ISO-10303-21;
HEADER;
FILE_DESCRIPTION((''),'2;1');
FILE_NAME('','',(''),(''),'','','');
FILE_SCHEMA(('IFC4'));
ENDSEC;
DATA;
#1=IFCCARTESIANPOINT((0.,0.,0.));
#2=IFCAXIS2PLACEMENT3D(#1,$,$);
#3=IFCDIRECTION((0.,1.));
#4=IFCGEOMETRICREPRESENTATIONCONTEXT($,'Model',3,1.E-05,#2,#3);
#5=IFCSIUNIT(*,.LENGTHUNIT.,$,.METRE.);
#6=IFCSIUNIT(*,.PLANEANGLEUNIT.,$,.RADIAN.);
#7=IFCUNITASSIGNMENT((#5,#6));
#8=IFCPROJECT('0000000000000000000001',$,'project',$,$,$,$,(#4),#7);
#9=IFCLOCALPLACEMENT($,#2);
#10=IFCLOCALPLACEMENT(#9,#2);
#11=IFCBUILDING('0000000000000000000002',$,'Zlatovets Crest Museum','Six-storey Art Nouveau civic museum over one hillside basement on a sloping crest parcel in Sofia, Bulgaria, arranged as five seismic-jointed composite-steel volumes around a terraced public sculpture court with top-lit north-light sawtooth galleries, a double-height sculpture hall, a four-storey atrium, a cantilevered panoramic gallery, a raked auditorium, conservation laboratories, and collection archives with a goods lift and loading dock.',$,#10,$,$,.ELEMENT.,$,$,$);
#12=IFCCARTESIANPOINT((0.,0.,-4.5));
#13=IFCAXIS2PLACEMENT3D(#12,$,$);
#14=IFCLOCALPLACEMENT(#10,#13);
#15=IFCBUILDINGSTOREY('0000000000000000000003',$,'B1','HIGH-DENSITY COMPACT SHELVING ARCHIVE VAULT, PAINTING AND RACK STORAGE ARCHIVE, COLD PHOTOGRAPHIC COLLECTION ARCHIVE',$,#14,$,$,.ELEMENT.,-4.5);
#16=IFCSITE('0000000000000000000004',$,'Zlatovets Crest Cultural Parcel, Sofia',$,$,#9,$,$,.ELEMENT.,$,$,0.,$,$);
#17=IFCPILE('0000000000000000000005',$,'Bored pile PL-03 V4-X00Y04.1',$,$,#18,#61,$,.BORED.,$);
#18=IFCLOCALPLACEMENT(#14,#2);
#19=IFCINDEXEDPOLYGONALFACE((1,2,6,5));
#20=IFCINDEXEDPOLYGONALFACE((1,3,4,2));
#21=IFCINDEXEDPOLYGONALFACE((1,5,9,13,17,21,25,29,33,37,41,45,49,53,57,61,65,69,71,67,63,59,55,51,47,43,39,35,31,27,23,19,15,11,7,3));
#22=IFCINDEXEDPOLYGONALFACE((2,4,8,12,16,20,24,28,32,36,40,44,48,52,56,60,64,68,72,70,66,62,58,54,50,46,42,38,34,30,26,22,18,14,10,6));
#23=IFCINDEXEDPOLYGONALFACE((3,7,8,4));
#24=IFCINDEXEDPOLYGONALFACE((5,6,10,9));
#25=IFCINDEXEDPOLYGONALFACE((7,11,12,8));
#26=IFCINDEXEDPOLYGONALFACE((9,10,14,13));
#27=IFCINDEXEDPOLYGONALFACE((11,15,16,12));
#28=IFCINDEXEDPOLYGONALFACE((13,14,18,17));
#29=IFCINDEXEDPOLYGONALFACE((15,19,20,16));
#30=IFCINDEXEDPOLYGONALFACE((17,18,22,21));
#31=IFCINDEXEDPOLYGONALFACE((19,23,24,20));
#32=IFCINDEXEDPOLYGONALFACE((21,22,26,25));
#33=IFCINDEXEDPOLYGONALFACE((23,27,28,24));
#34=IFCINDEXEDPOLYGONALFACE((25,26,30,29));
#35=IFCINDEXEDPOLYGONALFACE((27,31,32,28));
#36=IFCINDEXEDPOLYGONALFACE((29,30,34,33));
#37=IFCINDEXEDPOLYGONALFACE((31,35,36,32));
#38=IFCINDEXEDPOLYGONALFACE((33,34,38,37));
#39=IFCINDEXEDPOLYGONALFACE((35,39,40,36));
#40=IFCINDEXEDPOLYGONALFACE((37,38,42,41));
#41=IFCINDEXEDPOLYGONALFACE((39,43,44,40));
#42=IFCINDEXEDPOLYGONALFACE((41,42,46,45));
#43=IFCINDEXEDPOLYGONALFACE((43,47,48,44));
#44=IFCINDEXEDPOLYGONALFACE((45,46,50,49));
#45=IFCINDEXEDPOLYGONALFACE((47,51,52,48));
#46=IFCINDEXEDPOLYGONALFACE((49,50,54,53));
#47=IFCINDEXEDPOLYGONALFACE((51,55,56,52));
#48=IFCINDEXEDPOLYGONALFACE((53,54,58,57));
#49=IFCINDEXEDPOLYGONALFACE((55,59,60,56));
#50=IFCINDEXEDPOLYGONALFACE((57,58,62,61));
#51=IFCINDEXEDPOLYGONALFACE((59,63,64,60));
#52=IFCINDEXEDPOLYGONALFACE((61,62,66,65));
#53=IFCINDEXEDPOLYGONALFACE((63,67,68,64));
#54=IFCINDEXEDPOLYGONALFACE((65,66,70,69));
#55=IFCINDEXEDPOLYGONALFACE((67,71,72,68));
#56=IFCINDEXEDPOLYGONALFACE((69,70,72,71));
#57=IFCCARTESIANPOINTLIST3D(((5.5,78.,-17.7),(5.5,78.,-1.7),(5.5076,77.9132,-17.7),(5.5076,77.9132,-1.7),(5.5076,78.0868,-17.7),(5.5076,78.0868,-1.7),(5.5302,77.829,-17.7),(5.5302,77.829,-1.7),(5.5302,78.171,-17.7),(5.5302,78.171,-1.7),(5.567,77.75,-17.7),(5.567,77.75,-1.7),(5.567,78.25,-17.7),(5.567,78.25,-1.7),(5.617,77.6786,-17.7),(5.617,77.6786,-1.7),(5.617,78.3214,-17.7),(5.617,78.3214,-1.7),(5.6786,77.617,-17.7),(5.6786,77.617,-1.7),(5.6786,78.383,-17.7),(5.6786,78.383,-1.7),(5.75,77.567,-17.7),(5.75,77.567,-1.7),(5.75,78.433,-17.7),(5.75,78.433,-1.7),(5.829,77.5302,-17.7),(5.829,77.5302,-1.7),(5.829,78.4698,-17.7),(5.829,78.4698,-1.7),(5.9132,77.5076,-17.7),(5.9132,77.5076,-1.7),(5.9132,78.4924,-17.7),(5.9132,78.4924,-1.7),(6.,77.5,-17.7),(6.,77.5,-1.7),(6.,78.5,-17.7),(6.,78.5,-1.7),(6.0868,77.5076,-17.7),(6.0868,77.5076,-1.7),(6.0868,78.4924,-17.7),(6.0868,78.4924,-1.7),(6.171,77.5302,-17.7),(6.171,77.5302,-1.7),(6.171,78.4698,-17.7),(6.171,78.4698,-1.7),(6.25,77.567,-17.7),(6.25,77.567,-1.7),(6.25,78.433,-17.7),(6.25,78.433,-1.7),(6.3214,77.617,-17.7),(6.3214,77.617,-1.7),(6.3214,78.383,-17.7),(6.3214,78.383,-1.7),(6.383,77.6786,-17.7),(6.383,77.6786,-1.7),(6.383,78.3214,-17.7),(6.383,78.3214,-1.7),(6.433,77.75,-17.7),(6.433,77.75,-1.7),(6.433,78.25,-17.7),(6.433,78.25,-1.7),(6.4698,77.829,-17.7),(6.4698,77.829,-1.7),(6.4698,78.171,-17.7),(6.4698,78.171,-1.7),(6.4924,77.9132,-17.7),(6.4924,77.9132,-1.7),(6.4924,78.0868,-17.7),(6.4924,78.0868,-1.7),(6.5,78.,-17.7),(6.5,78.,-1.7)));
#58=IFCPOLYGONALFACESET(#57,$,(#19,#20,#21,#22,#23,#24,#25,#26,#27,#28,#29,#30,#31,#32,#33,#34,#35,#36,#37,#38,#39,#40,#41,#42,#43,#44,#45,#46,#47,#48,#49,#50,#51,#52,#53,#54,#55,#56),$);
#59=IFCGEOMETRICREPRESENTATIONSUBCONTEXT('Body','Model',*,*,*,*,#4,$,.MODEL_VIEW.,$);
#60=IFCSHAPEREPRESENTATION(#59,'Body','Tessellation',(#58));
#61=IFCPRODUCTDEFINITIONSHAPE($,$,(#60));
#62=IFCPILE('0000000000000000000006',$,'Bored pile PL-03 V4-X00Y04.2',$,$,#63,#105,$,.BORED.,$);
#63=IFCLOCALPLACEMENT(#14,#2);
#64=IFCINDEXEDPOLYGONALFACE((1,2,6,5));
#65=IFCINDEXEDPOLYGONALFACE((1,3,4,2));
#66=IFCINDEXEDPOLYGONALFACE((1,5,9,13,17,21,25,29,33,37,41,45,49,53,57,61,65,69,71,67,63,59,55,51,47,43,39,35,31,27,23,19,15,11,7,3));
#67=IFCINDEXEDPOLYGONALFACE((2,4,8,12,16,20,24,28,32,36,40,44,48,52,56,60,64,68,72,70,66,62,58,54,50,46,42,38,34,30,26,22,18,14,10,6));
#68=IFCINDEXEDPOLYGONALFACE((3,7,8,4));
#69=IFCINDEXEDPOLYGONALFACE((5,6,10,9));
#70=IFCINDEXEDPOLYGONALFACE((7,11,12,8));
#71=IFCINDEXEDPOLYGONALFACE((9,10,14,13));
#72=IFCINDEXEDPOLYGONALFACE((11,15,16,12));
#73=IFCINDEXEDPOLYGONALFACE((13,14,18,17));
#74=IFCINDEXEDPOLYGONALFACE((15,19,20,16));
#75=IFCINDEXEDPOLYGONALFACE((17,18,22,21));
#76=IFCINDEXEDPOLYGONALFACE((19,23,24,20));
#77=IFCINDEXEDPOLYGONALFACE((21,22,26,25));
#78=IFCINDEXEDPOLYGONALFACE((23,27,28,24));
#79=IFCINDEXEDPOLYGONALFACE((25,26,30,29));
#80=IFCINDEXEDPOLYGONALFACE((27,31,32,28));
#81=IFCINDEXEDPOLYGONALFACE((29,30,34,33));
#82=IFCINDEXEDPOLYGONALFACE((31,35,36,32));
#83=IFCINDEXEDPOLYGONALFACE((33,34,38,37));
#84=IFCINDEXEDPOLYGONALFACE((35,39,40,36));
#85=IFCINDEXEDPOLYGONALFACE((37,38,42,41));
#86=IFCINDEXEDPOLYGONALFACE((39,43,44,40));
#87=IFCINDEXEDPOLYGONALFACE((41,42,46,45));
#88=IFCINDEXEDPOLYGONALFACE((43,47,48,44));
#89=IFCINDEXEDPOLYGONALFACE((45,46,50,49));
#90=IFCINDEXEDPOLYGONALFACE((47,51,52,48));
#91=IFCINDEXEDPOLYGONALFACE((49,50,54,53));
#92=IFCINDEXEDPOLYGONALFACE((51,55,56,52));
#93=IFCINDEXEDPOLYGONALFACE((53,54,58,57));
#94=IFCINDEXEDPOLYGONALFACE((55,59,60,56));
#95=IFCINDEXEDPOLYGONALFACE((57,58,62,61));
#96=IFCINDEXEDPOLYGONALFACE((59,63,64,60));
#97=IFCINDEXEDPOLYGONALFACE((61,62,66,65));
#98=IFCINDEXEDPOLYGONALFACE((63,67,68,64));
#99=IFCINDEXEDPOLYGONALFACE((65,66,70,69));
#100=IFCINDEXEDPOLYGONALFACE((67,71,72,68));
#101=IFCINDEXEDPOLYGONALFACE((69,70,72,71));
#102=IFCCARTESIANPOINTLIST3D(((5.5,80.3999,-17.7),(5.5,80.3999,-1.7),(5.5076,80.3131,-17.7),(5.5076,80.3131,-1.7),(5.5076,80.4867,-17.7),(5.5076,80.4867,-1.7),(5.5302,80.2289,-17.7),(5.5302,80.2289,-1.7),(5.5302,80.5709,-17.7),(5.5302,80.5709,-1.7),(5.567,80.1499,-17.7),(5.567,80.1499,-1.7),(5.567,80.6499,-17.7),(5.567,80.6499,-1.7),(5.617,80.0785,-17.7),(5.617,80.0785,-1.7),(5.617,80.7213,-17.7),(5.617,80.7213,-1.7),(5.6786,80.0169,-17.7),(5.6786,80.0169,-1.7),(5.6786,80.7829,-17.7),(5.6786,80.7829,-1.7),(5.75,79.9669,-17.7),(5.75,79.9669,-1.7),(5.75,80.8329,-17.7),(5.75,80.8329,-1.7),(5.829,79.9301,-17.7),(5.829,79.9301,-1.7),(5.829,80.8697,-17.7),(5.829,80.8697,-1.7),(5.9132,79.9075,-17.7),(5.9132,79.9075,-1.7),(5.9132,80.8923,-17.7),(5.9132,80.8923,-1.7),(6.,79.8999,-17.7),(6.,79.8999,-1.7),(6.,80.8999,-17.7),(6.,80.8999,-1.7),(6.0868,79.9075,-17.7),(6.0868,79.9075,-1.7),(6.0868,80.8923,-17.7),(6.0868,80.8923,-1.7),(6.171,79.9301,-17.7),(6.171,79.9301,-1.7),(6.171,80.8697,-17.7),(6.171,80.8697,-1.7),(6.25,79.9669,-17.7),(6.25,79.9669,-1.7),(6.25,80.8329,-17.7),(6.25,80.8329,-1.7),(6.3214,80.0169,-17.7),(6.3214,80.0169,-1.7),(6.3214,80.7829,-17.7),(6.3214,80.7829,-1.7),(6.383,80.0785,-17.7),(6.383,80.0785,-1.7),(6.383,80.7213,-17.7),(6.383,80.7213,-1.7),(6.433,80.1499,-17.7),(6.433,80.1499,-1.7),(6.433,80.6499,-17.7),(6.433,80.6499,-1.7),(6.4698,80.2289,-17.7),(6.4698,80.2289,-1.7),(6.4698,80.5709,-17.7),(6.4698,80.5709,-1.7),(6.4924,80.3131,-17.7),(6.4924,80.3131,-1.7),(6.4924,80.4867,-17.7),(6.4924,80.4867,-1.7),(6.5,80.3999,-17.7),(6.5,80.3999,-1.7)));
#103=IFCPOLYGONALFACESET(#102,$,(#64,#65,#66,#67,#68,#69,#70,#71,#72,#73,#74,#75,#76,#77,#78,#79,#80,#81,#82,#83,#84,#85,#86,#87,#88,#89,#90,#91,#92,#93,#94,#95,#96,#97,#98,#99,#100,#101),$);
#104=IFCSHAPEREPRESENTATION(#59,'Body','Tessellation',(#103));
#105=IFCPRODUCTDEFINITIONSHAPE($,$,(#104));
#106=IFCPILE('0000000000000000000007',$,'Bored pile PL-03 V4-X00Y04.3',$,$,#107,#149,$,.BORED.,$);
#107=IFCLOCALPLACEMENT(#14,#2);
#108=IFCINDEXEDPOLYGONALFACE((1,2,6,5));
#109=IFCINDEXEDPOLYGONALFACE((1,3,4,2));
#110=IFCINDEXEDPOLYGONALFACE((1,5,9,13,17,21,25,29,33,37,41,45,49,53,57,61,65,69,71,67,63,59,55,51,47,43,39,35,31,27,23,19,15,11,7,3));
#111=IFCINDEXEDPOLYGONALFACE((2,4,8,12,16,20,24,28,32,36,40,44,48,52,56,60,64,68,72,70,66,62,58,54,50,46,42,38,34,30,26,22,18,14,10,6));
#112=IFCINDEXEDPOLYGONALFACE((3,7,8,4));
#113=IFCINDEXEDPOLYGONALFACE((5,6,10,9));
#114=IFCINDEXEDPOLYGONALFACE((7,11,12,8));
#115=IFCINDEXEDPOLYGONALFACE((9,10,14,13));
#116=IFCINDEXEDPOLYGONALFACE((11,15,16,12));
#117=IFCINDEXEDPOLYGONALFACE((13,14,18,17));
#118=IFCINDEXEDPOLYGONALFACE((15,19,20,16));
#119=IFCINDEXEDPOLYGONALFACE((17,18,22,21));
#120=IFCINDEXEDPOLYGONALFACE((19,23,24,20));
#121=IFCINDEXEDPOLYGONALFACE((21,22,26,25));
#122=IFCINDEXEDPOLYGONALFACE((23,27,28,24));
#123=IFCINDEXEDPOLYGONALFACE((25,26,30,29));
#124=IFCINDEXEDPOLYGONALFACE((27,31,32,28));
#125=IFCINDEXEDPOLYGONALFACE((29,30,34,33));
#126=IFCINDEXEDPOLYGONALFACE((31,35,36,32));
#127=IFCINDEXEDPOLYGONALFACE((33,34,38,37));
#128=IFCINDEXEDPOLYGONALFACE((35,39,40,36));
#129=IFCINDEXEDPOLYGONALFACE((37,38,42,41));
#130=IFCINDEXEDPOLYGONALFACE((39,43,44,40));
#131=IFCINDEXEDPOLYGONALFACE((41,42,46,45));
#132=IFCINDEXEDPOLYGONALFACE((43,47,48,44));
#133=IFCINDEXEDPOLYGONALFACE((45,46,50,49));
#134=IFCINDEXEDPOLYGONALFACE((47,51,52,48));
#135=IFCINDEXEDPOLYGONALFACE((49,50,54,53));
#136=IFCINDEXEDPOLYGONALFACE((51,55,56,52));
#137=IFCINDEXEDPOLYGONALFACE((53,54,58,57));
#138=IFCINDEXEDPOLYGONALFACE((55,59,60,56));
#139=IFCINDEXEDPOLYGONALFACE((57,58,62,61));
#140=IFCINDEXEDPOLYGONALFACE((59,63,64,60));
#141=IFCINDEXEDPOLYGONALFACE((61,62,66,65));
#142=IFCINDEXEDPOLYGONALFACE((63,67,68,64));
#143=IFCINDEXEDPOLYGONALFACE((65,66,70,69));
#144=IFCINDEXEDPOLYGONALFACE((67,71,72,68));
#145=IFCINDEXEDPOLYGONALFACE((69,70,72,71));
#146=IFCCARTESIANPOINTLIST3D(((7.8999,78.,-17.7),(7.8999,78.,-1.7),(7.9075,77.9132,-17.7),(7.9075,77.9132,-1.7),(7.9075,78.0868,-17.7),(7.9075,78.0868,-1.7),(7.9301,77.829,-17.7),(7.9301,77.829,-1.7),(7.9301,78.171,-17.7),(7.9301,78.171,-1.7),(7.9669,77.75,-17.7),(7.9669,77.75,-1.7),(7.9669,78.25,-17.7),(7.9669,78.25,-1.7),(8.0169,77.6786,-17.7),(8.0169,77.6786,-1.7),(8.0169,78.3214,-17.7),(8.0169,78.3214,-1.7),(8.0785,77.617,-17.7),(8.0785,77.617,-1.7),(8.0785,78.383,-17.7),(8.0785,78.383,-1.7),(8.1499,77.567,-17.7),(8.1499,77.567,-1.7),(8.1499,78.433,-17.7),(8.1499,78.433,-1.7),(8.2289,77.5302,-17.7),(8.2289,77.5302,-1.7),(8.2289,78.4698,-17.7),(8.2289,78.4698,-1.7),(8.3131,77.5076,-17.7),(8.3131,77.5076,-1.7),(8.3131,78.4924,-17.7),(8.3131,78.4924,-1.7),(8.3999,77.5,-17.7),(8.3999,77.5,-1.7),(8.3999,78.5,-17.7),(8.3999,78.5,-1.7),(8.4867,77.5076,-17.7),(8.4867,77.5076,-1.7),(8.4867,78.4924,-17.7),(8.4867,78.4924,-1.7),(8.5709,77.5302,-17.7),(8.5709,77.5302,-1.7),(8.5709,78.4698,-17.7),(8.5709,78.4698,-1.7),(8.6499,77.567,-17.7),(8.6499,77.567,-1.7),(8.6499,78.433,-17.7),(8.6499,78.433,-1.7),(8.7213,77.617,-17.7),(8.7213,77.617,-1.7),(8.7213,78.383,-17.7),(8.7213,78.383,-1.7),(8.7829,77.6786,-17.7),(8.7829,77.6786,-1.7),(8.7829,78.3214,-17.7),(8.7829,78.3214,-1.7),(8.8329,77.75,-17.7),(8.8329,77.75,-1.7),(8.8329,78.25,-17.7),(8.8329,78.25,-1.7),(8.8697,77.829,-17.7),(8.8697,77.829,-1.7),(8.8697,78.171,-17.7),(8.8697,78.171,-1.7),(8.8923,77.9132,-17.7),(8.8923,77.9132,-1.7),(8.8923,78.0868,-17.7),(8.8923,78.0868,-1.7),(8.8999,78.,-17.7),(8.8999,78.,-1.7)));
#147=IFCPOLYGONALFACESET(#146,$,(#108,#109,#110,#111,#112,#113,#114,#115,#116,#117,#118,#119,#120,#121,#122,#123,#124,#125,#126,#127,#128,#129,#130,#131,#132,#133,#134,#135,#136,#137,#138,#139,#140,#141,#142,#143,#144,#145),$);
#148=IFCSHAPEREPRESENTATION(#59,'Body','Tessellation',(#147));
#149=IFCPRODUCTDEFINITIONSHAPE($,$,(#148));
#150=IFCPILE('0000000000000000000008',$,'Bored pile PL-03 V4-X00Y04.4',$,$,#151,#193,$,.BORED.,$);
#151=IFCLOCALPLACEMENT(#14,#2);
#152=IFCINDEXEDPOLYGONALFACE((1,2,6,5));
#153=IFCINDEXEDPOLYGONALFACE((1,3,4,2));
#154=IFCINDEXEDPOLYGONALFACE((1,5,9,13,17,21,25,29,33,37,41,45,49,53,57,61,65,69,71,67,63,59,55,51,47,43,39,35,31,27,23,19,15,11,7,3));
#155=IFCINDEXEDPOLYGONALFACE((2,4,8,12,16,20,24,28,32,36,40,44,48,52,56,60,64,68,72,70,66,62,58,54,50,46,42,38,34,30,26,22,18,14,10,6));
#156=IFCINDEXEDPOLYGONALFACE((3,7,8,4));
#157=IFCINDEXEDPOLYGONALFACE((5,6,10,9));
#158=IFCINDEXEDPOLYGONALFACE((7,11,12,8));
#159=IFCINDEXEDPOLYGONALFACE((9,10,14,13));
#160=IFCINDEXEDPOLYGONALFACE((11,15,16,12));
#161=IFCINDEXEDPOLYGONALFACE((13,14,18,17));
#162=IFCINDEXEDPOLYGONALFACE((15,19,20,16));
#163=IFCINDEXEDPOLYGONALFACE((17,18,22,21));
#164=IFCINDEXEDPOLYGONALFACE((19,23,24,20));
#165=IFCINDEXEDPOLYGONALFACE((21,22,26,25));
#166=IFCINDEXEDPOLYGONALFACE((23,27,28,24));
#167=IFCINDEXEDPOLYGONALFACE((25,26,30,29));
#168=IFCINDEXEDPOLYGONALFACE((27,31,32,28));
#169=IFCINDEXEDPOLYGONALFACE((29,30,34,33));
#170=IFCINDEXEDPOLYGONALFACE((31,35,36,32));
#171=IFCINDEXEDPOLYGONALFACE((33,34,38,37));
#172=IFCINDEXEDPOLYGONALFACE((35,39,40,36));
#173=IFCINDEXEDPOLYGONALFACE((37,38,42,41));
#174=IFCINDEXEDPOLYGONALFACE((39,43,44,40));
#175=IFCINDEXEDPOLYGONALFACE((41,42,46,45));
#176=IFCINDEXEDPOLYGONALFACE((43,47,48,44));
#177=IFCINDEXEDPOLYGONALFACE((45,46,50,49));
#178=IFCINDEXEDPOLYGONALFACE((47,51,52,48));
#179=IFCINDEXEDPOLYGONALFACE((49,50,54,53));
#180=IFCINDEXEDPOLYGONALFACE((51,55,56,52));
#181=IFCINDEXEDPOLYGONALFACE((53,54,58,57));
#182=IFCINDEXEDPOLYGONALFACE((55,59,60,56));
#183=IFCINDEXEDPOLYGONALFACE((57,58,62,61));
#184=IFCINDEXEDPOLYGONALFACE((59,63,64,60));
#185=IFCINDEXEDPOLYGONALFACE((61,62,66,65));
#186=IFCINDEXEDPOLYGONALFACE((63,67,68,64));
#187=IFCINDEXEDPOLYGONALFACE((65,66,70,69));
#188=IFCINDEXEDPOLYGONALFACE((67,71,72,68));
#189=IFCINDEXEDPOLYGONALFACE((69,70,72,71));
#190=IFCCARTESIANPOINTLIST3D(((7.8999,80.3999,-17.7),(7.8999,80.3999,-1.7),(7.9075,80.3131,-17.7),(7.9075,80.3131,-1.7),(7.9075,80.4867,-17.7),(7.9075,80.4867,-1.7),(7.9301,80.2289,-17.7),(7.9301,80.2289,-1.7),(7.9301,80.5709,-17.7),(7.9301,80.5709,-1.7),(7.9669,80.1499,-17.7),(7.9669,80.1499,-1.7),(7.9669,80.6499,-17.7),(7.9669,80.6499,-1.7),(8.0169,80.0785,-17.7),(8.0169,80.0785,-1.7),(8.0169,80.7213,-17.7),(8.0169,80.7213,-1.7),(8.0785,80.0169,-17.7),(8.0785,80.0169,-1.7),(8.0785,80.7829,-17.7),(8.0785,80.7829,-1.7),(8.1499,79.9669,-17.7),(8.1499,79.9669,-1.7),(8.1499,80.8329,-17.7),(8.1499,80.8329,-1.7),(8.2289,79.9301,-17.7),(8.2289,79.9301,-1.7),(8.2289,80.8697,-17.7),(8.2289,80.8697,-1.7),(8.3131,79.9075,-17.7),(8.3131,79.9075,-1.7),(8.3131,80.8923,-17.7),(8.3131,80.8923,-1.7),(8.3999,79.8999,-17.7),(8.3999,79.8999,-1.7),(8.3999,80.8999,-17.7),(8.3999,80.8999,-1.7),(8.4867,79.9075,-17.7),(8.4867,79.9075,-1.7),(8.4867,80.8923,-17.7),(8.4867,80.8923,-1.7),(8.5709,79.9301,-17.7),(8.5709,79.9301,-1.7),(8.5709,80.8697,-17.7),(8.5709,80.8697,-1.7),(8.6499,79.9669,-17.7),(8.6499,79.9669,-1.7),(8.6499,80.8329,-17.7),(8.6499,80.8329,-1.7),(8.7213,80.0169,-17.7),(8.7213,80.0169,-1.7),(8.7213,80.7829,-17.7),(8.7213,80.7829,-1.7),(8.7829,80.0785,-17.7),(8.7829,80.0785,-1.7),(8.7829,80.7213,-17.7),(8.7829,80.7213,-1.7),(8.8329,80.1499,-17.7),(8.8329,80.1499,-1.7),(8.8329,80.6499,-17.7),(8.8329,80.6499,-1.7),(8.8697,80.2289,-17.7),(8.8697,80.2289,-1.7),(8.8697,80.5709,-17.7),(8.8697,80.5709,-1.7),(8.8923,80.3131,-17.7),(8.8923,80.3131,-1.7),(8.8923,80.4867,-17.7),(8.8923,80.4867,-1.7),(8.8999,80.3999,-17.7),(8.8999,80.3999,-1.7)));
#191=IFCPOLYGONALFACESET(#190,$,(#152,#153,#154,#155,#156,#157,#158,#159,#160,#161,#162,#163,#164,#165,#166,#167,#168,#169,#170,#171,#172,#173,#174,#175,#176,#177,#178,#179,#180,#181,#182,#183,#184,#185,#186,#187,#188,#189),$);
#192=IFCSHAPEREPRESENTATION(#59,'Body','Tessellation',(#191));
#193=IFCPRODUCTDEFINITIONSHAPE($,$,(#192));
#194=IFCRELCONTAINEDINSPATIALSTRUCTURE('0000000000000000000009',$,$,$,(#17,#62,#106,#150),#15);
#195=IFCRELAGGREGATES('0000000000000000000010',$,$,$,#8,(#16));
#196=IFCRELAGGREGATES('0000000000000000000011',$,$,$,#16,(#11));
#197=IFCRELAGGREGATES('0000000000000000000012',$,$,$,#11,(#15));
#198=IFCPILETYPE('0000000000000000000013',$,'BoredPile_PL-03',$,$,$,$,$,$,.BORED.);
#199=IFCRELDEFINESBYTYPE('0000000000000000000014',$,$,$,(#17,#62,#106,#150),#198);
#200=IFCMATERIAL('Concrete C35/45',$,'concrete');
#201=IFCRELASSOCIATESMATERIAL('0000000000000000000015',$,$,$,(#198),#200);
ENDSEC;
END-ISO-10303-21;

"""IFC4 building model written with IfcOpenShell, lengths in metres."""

from ifc_helpers import new_model, si_unit, direction, frame, origin, origin_2d, place, context, subcontext, project, spatial, circle, extrude, material, material_profile, profile_set, type_object, element, save


model = new_model("IFC4")

# Units and contexts
model_context = context("Model", 3, precision=1e-05, world=origin(), true_north=direction((0.0, 1.0)))
body_context = subcontext(model_context, "Body", "Model", "MODEL_VIEW")
ifc_project = project(units=[si_unit("LENGTHUNIT", "METRE"), si_unit("PLANEANGLEUNIT", "RADIAN")], contexts=[model_context])

# Site, building, storey
site_placement = place(None, origin())
site = spatial("IfcSite", under=ifc_project, at=site_placement, Name="Zlatovets Crest Cultural Parcel, Sofia", CompositionType="ELEMENT", RefElevation=0.0)
building_placement = place(site_placement, origin())
building = spatial("IfcBuilding", under=site, at=building_placement, Name="Zlatovets Crest Museum", Description="Six-storey Art Nouveau civic museum over one hillside basement on a sloping crest parcel in Sofia, Bulgaria, arranged as five seismic-jointed composite-steel volumes around a terraced public sculpture court with top-lit north-light sawtooth galleries, a double-height sculpture hall, a four-storey atrium, a cantilevered panoramic gallery, a raked auditorium, conservation laboratories, and collection archives with a goods lift and loading dock.", CompositionType="ELEMENT")
storey_placement = place(building_placement, frame((0.0, 0.0, -4.5)))
storey = spatial("IfcBuildingStorey", under=building, at=storey_placement, Name="B1", Description="HIGH-DENSITY COMPACT SHELVING ARCHIVE VAULT, PAINTING AND RACK STORAGE ARCHIVE, COLD PHOTOGRAPHIC COLLECTION ARCHIVE", CompositionType="ELEMENT", Elevation=-4.5)

# Piles
ifc_material_1 = material(Name="Concrete C35/45", Category="concrete")
ifc_material_profile_1 = material_profile(ifc_material_1, circle(Radius=0.5, at=origin_2d()), Name="PILE D1000")
ifc_profile_set_1 = profile_set([ifc_material_profile_1], Name="Concrete C35/45")
pile_type_1 = type_object("IfcPileType", Name="BoredPile_PL-03", PredefinedType="BORED", material=ifc_profile_set_1)
for number, where, z_axis, x_axis, name in (
    (1, (6.0, 78.0, -1.7), (0.0, 0.0, -1.0), (1.0, 0.0, 0.0), "Bored pile PL-03 V4-X00Y04.1"),
    (2, (6.0, 80.3999, -1.7), (0.0, 0.0, -1.0), (1.0, 0.0, 0.0), "Bored pile PL-03 V4-X00Y04.2"),
    (3, (8.3999, 78.0, -1.7), (0.0, 0.0, -1.0), (1.0, 0.0, 0.0), "Bored pile PL-03 V4-X00Y04.3"),
    (4, (8.3999, 80.3999, -1.7), (0.0, 0.0, -1.0), (1.0, 0.0, 0.0), "Bored pile PL-03 V4-X00Y04.4"),
):
    element("IfcPile", number, at=place(storey_placement, frame(where, z_axis=z_axis, x_axis=x_axis)), inside=storey, type_object=pile_type_1, Name=name, PredefinedType="BORED", context=body_context, shape_type="SweptSolid", body=[
        extrude(circle(Radius=0.5, at=origin_2d()), origin(), (0.0, 0.0, 1.0), 16.0),
    ])

save(model, "model.ifc")
